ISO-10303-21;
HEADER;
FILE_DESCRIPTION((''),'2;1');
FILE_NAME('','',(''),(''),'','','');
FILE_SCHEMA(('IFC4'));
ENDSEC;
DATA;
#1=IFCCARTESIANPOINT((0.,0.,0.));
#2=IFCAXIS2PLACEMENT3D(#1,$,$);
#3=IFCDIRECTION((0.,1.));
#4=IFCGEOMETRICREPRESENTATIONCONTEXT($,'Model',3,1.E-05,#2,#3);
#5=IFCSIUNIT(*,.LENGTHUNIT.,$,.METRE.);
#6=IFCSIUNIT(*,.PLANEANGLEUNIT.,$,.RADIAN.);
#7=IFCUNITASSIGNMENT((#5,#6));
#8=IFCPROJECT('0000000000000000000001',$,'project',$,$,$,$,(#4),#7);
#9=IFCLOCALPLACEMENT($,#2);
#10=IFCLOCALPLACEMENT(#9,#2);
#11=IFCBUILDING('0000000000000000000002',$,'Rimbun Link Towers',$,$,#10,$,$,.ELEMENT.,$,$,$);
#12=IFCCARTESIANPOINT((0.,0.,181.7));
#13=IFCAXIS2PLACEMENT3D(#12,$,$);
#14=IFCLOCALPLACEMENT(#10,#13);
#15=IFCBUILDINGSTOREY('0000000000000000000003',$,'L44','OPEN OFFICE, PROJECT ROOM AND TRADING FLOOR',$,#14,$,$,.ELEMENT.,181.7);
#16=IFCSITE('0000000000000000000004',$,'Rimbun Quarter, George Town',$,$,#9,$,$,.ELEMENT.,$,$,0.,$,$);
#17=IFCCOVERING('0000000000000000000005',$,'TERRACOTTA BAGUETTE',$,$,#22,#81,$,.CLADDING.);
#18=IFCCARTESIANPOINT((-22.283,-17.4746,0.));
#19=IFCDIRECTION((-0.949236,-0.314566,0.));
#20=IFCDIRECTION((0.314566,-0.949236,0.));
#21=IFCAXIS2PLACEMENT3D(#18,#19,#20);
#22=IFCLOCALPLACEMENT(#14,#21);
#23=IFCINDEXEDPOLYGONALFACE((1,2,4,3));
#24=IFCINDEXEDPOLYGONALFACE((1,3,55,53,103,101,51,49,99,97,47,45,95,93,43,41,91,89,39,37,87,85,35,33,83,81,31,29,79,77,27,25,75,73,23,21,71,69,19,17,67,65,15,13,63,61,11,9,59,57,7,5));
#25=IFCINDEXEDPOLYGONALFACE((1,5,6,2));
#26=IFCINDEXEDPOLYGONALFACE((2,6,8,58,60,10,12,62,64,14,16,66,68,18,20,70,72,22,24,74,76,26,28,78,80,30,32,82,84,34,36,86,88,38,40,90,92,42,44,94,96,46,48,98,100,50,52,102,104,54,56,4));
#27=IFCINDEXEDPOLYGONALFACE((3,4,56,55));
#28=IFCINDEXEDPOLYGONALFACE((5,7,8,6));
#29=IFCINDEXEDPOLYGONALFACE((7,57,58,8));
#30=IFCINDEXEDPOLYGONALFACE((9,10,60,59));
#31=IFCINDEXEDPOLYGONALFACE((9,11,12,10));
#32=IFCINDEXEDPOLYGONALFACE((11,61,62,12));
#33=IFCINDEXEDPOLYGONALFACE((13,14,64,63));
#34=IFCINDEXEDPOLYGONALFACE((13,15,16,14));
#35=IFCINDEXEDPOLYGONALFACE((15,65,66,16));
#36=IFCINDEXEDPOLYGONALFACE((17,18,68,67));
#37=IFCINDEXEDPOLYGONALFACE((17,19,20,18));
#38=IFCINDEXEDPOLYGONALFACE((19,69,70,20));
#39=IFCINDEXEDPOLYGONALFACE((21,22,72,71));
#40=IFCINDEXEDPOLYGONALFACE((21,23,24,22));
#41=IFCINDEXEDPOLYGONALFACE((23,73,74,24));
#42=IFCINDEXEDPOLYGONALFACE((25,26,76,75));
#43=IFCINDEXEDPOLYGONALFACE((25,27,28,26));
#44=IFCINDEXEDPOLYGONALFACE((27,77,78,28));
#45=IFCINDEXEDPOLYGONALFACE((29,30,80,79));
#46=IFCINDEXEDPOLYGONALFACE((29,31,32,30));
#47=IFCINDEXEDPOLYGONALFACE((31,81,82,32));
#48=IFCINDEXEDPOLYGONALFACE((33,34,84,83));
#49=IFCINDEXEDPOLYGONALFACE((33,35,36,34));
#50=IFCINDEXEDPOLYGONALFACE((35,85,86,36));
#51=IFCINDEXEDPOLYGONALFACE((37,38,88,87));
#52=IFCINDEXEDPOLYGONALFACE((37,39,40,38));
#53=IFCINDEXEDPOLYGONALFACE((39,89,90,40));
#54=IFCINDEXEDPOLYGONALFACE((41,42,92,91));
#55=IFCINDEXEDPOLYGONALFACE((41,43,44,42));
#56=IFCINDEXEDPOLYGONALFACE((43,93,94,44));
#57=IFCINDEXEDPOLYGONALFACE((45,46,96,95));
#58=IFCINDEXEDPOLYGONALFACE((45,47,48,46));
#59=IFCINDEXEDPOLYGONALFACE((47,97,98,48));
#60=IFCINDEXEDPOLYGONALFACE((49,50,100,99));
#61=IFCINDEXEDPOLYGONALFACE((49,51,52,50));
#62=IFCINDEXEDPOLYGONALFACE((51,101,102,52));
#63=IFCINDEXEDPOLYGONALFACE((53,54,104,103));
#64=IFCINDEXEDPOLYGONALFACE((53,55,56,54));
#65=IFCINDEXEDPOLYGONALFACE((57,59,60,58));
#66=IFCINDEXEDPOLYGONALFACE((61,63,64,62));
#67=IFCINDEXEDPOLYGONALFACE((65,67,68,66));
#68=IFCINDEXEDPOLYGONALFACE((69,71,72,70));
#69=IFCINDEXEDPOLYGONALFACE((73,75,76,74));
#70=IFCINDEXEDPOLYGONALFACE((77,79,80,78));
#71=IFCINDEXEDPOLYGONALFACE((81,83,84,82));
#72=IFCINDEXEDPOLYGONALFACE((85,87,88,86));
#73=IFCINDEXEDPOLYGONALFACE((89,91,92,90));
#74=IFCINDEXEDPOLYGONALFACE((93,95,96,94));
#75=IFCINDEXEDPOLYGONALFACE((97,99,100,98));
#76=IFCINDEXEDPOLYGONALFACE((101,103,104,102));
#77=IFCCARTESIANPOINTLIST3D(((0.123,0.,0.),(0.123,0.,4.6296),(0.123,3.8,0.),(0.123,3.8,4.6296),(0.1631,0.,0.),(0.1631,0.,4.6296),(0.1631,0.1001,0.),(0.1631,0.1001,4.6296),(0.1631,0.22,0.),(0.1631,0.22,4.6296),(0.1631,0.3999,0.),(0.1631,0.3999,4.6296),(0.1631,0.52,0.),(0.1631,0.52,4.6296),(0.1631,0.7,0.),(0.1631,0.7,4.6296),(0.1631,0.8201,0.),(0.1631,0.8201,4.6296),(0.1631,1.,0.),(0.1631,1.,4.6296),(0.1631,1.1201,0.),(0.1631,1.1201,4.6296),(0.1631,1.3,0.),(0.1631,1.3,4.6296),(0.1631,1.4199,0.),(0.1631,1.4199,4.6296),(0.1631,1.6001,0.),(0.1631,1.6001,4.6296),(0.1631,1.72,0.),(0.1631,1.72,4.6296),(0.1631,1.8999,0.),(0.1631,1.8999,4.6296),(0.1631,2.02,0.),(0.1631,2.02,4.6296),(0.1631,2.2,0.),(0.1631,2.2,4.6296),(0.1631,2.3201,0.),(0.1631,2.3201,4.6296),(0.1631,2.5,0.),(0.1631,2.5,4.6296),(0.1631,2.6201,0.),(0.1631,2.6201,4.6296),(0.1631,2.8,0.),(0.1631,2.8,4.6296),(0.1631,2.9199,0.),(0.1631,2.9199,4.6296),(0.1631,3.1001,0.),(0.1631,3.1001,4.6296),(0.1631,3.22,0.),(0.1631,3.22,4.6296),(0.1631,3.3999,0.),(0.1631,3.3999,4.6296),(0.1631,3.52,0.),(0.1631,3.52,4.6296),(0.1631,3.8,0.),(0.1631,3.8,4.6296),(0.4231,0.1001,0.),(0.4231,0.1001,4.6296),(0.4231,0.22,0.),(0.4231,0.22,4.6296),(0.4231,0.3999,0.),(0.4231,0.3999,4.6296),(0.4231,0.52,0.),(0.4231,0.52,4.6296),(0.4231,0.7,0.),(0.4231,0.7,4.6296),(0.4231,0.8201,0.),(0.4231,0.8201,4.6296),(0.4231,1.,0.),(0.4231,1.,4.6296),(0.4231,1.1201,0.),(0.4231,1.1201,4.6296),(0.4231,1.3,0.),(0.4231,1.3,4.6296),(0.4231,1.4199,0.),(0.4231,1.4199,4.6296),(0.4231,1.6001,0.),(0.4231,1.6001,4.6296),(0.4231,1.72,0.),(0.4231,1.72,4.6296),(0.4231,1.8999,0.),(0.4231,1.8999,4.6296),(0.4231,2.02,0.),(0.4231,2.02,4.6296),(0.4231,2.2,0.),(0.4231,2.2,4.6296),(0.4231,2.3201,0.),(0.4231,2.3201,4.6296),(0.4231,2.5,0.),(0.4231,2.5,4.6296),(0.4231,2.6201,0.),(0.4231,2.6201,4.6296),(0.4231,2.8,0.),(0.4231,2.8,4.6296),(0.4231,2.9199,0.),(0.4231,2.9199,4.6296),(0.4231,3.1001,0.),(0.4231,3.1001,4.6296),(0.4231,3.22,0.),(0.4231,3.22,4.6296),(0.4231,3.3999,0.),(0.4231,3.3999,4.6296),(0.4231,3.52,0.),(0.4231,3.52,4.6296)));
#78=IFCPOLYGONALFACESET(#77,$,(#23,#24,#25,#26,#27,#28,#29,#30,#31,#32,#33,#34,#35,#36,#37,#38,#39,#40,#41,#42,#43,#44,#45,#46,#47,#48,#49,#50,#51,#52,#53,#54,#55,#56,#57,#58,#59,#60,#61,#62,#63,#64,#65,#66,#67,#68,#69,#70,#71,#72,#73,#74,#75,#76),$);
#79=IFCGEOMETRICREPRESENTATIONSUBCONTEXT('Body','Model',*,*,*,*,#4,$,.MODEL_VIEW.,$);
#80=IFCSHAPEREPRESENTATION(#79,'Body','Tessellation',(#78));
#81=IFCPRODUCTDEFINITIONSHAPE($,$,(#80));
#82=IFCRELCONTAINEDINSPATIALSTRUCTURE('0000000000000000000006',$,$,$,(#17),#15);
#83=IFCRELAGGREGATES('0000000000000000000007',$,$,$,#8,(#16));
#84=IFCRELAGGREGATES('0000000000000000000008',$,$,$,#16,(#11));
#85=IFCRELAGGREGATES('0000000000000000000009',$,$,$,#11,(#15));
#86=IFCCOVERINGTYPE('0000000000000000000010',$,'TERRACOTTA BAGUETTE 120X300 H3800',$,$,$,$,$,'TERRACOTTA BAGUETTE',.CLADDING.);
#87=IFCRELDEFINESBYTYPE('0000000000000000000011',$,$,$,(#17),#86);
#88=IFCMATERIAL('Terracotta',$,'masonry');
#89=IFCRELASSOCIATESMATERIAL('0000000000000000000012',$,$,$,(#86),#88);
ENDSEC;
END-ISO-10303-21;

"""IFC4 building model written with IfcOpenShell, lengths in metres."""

from ifc_helpers import new_model, si_unit, direction, frame, origin, place, context, subcontext, project, spatial, polyline, outline, extrude, material, material_profile, profile_set, type_object, element, save


model = new_model("IFC4")

# Units and contexts
model_context = context("Model", 3, precision=1e-05, world=origin(), true_north=direction((0.0, 1.0)))
body_context = subcontext(model_context, "Body", "Model", "MODEL_VIEW")
ifc_project = project(units=[si_unit("LENGTHUNIT", "METRE"), si_unit("PLANEANGLEUNIT", "RADIAN")], contexts=[model_context])

# Site, building, storey
site_placement = place(None, origin())
site = spatial("IfcSite", under=ifc_project, at=site_placement, Name="Rimbun Quarter, George Town", CompositionType="ELEMENT", RefElevation=0.0)
building_placement = place(site_placement, origin())
building = spatial("IfcBuilding", under=site, at=building_placement, Name="Rimbun Link Towers", CompositionType="ELEMENT")
storey_placement = place(building_placement, frame((0.0, 0.0, 181.7)))
storey = spatial("IfcBuildingStorey", under=building, at=storey_placement, Name="L44", Description="OPEN OFFICE, PROJECT ROOM AND TRADING FLOOR", CompositionType="ELEMENT", Elevation=181.7)

# Covering
ifc_material_1 = material(Name="Terracotta", Category="masonry")
ifc_material_profile_1 = material_profile(ifc_material_1, outline(polyline([(0.123, 0.0), (0.1631, 0.0), (0.1631, 0.1001), (0.4231, 0.1001), (0.4231, 0.22), (0.1631, 0.22), (0.1631, 0.3999), (0.4231, 0.3999), (0.4231, 0.52), (0.1631, 0.52), (0.1631, 0.7), (0.4231, 0.7), (0.4231, 0.8201), (0.1631, 0.8201), (0.1631, 1.0), (0.4231, 1.0), (0.4231, 1.1201), (0.1631, 1.1201), (0.1631, 1.3), (0.4231, 1.3), (0.4231, 1.4199), (0.1631, 1.4199), (0.1631, 1.6001), (0.4231, 1.6001), (0.4231, 1.72), (0.1631, 1.72), (0.1631, 1.8999), (0.4231, 1.8999), (0.4231, 2.02), (0.1631, 2.02), (0.1631, 2.2), (0.4231, 2.2), (0.4231, 2.3201), (0.1631, 2.3201), (0.1631, 2.5), (0.4231, 2.5), (0.4231, 2.6201), (0.1631, 2.6201), (0.1631, 2.8), (0.4231, 2.8), (0.4231, 2.9199), (0.1631, 2.9199), (0.1631, 3.1001), (0.4231, 3.1001), (0.4231, 3.22), (0.1631, 3.22), (0.1631, 3.3999), (0.4231, 3.3999), (0.4231, 3.52), (0.1631, 3.52), (0.1631, 3.8), (0.123, 3.8), (0.123, 0.0)])), Name="BAGUETTE 120X300")
ifc_profile_set_1 = profile_set([ifc_material_profile_1], Name="Terracotta")
covering_type = type_object("IfcCoveringType", Name="TERRACOTTA BAGUETTE 120X300 H3800", ElementType="TERRACOTTA BAGUETTE", PredefinedType="CLADDING", material=ifc_profile_set_1)
covering_placement = place(storey_placement, frame((-22.283, -17.4746, 0.0), z_axis=(-0.949236, -0.314566, 0.0), x_axis=(0.314566, -0.949236, 0.0)))
element("IfcCovering", 1, at=covering_placement, inside=storey, type_object=covering_type, Name="TERRACOTTA BAGUETTE", PredefinedType="CLADDING", context=body_context, shape_type="SweptSolid", body=[
    extrude(outline(polyline([(0.123, 0.0), (0.1631, 0.0), (0.1631, 0.1001), (0.4231, 0.1001), (0.4231, 0.22), (0.1631, 0.22), (0.1631, 0.3999), (0.4231, 0.3999), (0.4231, 0.52), (0.1631, 0.52), (0.1631, 0.7), (0.4231, 0.7), (0.4231, 0.8201), (0.1631, 0.8201), (0.1631, 1.0), (0.4231, 1.0), (0.4231, 1.1201), (0.1631, 1.1201), (0.1631, 1.3), (0.4231, 1.3), (0.4231, 1.4199), (0.1631, 1.4199), (0.1631, 1.6001), (0.4231, 1.6001), (0.4231, 1.72), (0.1631, 1.72), (0.1631, 1.8999), (0.4231, 1.8999), (0.4231, 2.02), (0.1631, 2.02), (0.1631, 2.2), (0.4231, 2.2), (0.4231, 2.3201), (0.1631, 2.3201), (0.1631, 2.5), (0.4231, 2.5), (0.4231, 2.6201), (0.1631, 2.6201), (0.1631, 2.8), (0.4231, 2.8), (0.4231, 2.9199), (0.1631, 2.9199), (0.1631, 3.1001), (0.4231, 3.1001), (0.4231, 3.22), (0.1631, 3.22), (0.1631, 3.3999), (0.4231, 3.3999), (0.4231, 3.52), (0.1631, 3.52), (0.1631, 3.8), (0.123, 3.8), (0.123, 0.0)])), origin(), (0.0, 0.0, 1.0), 4.6296),
])

save(model, "model.ifc")
